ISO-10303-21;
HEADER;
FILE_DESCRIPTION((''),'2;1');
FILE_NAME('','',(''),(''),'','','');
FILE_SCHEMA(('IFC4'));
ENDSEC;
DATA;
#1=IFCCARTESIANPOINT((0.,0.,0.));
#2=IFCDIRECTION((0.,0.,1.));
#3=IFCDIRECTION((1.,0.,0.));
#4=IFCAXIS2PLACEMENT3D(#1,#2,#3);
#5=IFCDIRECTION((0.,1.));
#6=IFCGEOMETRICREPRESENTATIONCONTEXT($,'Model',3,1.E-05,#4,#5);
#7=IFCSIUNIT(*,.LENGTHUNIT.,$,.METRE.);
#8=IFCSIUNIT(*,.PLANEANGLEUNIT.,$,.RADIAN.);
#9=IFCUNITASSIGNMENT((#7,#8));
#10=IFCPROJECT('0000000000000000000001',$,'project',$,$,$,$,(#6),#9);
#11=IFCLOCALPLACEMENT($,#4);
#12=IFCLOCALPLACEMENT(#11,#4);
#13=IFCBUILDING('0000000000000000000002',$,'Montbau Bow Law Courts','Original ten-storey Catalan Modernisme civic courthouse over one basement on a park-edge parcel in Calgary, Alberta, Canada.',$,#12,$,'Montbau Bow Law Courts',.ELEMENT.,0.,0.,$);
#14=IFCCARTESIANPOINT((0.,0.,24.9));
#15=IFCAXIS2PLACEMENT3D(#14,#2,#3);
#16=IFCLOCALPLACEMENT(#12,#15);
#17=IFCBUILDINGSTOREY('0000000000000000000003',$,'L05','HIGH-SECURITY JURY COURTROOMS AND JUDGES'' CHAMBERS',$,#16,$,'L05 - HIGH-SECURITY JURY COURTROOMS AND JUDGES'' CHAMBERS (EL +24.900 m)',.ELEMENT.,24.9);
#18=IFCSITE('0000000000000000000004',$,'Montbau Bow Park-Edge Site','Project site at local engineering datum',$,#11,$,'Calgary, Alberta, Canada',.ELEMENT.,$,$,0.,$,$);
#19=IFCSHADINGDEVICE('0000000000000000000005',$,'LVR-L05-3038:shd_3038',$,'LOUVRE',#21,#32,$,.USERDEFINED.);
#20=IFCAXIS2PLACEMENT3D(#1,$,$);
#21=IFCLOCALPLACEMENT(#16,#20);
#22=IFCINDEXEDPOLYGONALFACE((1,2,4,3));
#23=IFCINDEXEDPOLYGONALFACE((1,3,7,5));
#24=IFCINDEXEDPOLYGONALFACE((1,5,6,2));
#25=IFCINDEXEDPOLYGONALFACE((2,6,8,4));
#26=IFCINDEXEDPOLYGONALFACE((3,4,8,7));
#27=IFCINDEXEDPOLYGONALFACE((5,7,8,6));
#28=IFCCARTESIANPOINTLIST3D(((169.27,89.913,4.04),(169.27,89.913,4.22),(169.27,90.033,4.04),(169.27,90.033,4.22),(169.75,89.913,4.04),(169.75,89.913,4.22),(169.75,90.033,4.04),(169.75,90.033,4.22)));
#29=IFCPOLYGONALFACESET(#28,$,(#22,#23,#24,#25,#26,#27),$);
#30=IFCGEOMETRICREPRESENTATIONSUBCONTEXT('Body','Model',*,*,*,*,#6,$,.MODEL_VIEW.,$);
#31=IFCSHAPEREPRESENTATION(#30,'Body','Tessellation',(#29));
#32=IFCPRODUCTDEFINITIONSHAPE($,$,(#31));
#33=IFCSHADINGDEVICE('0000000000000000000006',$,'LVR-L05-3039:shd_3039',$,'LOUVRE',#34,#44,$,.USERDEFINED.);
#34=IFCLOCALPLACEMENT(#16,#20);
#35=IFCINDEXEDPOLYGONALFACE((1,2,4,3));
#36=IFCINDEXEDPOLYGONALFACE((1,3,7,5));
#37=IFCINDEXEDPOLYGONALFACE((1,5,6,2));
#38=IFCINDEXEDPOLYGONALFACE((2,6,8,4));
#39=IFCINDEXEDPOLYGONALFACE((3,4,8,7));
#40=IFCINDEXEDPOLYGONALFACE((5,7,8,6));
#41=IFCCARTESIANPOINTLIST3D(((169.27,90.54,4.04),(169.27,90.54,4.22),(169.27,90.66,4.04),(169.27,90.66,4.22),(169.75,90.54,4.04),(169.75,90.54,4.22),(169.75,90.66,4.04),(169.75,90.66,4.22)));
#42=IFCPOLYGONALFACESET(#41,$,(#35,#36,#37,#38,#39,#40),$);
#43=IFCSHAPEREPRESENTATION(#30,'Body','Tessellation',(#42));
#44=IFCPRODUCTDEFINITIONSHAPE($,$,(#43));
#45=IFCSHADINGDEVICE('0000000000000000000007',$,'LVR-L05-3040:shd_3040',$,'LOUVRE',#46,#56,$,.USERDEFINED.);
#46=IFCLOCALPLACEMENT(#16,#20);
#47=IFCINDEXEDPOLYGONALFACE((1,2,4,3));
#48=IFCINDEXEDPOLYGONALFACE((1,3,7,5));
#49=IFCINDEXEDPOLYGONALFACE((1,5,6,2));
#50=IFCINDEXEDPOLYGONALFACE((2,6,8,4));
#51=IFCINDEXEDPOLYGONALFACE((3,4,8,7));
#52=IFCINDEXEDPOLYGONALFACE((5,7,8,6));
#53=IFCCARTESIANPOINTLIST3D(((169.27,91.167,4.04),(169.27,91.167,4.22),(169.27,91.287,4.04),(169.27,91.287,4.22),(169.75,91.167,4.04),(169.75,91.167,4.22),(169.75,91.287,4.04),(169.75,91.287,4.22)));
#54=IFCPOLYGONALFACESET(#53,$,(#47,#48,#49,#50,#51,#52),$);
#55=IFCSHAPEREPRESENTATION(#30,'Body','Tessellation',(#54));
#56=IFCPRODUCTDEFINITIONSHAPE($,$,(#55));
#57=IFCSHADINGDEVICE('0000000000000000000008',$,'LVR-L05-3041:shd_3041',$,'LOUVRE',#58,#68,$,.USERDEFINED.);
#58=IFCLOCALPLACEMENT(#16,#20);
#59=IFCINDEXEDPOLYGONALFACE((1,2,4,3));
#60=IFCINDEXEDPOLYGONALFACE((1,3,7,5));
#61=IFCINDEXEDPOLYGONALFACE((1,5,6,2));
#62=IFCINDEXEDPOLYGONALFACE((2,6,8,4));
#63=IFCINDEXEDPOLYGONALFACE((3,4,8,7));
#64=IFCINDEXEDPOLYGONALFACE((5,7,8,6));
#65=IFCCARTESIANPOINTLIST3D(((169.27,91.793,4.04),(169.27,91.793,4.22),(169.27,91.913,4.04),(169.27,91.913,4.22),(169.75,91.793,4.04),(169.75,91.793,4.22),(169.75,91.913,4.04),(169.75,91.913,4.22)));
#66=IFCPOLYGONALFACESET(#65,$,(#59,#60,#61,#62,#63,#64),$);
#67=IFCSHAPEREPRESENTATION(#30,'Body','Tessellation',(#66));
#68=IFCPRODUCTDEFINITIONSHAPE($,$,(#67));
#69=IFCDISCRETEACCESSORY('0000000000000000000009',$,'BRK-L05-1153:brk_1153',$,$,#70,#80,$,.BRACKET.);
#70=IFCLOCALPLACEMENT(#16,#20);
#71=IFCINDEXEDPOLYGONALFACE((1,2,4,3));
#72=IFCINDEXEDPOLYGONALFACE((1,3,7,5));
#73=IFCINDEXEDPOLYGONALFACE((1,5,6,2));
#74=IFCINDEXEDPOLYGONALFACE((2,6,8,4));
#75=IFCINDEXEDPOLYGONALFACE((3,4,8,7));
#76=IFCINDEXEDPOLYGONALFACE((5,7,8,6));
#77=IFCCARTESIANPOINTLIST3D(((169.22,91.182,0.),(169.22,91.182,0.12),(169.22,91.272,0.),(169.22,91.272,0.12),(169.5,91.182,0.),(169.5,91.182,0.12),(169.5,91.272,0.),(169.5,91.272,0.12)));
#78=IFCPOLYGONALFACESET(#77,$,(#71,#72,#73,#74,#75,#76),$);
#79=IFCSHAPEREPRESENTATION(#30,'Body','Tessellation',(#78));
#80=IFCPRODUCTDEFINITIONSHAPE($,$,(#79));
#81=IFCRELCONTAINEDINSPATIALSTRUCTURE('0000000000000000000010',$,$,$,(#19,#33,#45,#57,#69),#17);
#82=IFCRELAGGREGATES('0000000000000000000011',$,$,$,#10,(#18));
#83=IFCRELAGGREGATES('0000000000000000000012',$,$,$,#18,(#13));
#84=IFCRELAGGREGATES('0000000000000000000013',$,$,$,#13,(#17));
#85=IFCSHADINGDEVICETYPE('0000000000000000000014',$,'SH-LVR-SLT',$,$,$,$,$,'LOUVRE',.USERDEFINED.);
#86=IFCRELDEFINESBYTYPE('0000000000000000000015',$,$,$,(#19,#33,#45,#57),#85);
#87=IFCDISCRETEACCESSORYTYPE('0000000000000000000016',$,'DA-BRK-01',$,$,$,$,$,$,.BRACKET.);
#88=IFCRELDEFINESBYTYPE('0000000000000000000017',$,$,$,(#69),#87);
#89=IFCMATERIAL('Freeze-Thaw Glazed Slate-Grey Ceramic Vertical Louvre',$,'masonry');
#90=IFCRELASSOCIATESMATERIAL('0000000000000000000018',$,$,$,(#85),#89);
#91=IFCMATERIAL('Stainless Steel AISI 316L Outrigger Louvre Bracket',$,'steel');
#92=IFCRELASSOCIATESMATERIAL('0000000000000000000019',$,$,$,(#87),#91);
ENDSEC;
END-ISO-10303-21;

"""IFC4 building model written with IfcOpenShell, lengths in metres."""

from ifc_helpers import new_model, si_unit, direction, frame, origin_with_axes, origin_2d_with_axis, place, context, subcontext, project, spatial, rectangle, extrude, material, type_object, element, save


model = new_model("IFC4")

# Units and contexts
model_context = context("Model", 3, precision=1e-05, world=origin_with_axes(), true_north=direction((0.0, 1.0)))
body_context = subcontext(model_context, "Body", "Model", "MODEL_VIEW")
ifc_project = project(units=[si_unit("LENGTHUNIT", "METRE"), si_unit("PLANEANGLEUNIT", "RADIAN")], contexts=[model_context])

# Site, building, storey
site_placement = place(None, origin_with_axes())
site = spatial("IfcSite", under=ifc_project, at=site_placement, Name="Montbau Bow Park-Edge Site", Description="Project site at local engineering datum", LongName="Calgary, Alberta, Canada", CompositionType="ELEMENT", RefElevation=0.0)
building_placement = place(site_placement, origin_with_axes())
building = spatial("IfcBuilding", under=site, at=building_placement, Name="Montbau Bow Law Courts", Description="Original ten-storey Catalan Modernisme civic courthouse over one basement on a park-edge parcel in Calgary, Alberta, Canada.", LongName="Montbau Bow Law Courts", CompositionType="ELEMENT", ElevationOfRefHeight=0.0, ElevationOfTerrain=0.0)
storey_placement = place(building_placement, frame((0.0, 0.0, 24.9), z_axis=(0.0, 0.0, 1.0), x_axis=(1.0, 0.0, 0.0)))
storey = spatial("IfcBuildingStorey", under=building, at=storey_placement, Name="L05", Description="HIGH-SECURITY JURY COURTROOMS AND JUDGES' CHAMBERS", LongName="L05 - HIGH-SECURITY JURY COURTROOMS AND JUDGES' CHAMBERS (EL +24.900 m)", CompositionType="ELEMENT", Elevation=24.9)

# Shared definitions
ifc_material_1 = material(Name="Freeze-Thaw Glazed Slate-Grey Ceramic Vertical Louvre", Category="masonry")

# Shading devices
shading_device_type = type_object("IfcShadingDeviceType", Name="SH-LVR-SLT", ElementType="LOUVRE", PredefinedType="USERDEFINED", material=ifc_material_1)
for number, where, z_axis, x_axis, name in (
    (1, (169.51, 89.973, 28.94), (0.0, 0.0, 1.0), (1.0, 0.0, 0.0), "LVR-L05-3038:shd_3038"),
    (2, (169.51, 90.6, 28.94), (0.0, 0.0, 1.0), (1.0, 0.0, 0.0), "LVR-L05-3039:shd_3039"),
    (3, (169.51, 91.227, 28.94), (0.0, 0.0, 1.0), (1.0, 0.0, 0.0), "LVR-L05-3040:shd_3040"),
    (4, (169.51, 91.853, 28.94), (0.0, 0.0, 1.0), (1.0, 0.0, 0.0), "LVR-L05-3041:shd_3041"),
):
    element("IfcShadingDevice", number, at=place(None, frame(where, z_axis=z_axis, x_axis=x_axis)), inside=storey, type_object=shading_device_type, Name=name, ObjectType="LOUVRE", PredefinedType="USERDEFINED", context=body_context, shape_type="SweptSolid", body=[
        extrude(rectangle(XDim=0.48, YDim=0.12, at=origin_2d_with_axis()), origin_with_axes(), (0.0, 0.0, 1.0), 0.18),
    ])

# Discrete accessory
ifc_material_2 = material(Name="Stainless Steel AISI 316L Outrigger Louvre Bracket", Category="steel")
discrete_accessory_type = type_object("IfcDiscreteAccessoryType", Name="DA-BRK-01", PredefinedType="BRACKET", material=ifc_material_2)
discrete_accessory_placement = place(None, frame((169.36, 91.227, 24.9), z_axis=(0.0, 0.0, 1.0), x_axis=(1.0, 0.0, 0.0)))
element("IfcDiscreteAccessory", 5, at=discrete_accessory_placement, inside=storey, type_object=discrete_accessory_type, Name="BRK-L05-1153:brk_1153", PredefinedType="BRACKET", context=body_context, shape_type="SweptSolid", body=[
    extrude(rectangle(XDim=0.28, YDim=0.09, at=origin_2d_with_axis()), origin_with_axes(), (0.0, 0.0, 1.0), 0.12),
])

save(model, "model.ifc")
